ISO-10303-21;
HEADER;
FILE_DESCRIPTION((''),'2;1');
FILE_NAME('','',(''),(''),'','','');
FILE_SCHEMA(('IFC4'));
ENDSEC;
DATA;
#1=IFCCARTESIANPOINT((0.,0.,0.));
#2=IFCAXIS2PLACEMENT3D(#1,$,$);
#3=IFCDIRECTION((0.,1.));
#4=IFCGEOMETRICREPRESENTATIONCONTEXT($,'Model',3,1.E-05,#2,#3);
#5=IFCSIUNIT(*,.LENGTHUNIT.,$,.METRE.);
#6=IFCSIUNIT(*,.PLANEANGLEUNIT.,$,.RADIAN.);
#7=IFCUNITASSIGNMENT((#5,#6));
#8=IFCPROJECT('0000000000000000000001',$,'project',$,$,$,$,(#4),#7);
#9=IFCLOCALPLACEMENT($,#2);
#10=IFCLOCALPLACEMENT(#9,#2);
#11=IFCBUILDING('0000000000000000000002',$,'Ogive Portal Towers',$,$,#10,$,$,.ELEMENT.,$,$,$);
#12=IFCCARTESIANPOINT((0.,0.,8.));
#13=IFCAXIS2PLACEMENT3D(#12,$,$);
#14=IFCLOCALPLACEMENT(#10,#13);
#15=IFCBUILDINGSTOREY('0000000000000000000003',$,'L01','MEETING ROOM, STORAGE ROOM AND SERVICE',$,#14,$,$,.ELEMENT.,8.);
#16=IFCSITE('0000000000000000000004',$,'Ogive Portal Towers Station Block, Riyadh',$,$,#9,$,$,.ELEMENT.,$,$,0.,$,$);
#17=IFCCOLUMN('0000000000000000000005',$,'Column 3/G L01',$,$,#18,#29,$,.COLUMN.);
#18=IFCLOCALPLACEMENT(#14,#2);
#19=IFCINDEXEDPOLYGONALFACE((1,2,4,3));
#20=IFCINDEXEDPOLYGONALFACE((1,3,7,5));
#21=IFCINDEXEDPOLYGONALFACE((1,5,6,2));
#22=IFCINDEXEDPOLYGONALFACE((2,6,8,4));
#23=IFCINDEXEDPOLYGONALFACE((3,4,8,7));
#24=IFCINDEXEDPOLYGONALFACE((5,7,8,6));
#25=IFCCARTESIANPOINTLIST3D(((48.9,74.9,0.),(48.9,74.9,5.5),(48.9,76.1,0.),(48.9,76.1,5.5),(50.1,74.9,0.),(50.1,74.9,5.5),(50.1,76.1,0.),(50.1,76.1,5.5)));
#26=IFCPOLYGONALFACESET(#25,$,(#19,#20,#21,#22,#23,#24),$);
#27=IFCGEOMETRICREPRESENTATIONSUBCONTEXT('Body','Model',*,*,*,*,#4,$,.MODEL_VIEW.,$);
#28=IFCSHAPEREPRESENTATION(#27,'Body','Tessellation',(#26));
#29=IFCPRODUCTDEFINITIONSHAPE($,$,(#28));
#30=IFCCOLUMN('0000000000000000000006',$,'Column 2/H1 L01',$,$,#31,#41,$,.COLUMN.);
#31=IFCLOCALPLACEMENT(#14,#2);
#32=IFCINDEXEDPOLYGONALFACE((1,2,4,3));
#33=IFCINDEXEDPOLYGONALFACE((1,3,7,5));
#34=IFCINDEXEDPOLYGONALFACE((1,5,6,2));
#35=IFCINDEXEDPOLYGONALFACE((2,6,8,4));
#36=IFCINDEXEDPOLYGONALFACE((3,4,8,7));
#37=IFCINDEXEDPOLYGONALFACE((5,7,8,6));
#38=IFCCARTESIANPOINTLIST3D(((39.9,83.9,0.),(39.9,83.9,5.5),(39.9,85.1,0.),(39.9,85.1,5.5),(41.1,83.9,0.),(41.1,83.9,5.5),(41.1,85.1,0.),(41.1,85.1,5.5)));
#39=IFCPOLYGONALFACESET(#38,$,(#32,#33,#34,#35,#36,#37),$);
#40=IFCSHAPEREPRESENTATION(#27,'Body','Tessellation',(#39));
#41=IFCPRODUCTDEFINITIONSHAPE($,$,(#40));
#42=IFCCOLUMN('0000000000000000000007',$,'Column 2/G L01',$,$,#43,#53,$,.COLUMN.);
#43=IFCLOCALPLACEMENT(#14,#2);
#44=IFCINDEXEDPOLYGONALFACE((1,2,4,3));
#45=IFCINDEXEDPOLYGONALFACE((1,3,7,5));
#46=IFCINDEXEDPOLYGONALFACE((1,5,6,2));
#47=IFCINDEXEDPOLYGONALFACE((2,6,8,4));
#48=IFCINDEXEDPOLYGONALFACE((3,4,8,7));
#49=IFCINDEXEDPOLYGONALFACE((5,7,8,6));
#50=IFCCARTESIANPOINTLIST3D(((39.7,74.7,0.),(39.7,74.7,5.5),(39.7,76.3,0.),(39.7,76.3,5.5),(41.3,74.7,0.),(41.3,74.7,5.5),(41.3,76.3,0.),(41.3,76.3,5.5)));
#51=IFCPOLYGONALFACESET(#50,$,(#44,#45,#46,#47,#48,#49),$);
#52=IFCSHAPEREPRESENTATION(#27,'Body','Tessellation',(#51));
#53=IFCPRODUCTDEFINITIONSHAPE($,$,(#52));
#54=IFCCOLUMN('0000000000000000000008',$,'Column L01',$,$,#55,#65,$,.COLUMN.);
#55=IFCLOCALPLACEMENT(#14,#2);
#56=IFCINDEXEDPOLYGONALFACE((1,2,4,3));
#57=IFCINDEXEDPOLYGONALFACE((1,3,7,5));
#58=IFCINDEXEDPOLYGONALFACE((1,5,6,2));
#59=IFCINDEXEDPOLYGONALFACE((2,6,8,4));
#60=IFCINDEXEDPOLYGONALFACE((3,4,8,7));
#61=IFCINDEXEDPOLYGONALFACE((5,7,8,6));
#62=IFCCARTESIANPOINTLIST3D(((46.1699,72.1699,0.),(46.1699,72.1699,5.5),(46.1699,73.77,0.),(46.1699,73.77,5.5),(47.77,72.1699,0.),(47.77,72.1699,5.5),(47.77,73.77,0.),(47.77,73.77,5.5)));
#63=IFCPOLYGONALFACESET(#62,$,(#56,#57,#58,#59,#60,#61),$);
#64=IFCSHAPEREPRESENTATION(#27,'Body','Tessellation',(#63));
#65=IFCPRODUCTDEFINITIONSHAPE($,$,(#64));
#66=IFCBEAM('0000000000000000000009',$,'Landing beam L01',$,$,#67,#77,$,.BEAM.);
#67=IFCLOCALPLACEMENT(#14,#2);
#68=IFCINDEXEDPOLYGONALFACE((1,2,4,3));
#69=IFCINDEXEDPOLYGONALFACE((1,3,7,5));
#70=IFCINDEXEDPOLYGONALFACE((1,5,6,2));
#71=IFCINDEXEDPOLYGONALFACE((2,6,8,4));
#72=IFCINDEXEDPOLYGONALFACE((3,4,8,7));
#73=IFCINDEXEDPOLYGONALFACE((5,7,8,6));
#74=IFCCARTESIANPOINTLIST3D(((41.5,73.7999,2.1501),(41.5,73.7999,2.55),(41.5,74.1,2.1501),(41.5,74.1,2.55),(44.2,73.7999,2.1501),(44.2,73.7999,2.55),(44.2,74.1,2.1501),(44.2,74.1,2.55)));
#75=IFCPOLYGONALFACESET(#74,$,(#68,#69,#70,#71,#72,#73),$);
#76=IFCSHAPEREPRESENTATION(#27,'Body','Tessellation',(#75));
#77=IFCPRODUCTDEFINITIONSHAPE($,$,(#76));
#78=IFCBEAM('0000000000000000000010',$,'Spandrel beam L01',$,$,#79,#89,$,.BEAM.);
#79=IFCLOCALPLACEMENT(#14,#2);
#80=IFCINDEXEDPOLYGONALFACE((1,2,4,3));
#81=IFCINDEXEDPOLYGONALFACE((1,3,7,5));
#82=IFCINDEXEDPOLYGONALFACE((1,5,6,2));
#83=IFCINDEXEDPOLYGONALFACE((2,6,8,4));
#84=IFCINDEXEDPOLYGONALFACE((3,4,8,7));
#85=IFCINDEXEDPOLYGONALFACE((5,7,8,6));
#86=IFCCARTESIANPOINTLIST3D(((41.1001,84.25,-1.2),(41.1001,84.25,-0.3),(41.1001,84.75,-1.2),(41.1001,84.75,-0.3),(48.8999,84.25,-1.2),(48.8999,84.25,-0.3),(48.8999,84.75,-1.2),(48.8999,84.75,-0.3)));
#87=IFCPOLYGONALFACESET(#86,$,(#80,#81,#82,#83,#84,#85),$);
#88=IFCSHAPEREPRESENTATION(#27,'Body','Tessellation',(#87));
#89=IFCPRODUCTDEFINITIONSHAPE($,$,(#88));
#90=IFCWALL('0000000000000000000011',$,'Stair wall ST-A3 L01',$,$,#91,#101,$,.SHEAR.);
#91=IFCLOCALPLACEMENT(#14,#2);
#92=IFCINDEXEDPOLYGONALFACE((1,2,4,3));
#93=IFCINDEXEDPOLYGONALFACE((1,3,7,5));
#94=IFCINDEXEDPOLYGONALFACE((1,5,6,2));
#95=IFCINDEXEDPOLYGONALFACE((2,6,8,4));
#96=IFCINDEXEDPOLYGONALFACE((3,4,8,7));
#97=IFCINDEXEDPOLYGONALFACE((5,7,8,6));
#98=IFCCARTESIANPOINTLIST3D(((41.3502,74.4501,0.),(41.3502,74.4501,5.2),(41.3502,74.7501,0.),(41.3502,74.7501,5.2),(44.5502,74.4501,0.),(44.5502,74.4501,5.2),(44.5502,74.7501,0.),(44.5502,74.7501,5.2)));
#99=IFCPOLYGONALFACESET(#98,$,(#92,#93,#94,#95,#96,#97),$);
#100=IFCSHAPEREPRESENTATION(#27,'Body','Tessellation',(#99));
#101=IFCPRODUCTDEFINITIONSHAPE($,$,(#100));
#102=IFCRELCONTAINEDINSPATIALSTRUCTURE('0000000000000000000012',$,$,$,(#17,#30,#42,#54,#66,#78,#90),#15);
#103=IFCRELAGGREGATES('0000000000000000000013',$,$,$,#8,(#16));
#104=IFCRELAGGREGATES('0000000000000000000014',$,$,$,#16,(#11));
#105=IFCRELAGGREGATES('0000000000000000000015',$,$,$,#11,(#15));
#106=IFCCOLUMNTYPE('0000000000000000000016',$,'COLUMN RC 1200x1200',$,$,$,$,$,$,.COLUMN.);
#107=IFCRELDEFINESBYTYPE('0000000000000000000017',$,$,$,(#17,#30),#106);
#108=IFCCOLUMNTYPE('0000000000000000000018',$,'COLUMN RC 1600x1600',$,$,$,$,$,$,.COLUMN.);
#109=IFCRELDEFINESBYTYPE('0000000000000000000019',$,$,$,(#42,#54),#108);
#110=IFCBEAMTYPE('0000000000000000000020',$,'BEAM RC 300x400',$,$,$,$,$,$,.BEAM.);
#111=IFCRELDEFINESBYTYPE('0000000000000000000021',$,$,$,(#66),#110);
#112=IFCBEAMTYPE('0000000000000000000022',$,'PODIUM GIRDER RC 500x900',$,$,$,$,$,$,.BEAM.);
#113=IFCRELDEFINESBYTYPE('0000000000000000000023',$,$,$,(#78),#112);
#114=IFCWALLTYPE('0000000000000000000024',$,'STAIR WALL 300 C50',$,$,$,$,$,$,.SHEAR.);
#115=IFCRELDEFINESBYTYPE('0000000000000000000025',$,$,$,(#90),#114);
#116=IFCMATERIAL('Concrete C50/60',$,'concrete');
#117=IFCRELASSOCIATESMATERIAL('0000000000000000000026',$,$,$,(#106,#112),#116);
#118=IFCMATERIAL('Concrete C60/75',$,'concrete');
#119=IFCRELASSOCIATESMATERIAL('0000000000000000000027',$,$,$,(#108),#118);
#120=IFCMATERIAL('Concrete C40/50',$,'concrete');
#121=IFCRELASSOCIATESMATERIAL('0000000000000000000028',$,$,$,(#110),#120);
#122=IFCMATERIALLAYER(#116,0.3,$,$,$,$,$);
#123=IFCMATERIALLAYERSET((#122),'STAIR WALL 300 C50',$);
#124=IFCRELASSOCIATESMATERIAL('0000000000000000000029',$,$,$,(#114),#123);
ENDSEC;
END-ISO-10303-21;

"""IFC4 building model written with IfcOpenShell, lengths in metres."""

from ifc_helpers import new_model, si_unit, direction, frame, frame_2d, origin, origin_2d, place, context, subcontext, project, spatial, rectangle, extrude, material, layer, layer_set, material_profile, profile_set, type_object, element, save


model = new_model("IFC4")

# Units and contexts
model_context = context("Model", 3, precision=1e-05, world=origin(), true_north=direction((0.0, 1.0)))
body_context = subcontext(model_context, "Body", "Model", "MODEL_VIEW")
ifc_project = project(units=[si_unit("LENGTHUNIT", "METRE"), si_unit("PLANEANGLEUNIT", "RADIAN")], contexts=[model_context])

# Site, building, storey
site_placement = place(None, origin())
site = spatial("IfcSite", under=ifc_project, at=site_placement, Name="Ogive Portal Towers Station Block, Riyadh", CompositionType="ELEMENT", RefElevation=0.0)
building_placement = place(site_placement, origin())
building = spatial("IfcBuilding", under=site, at=building_placement, Name="Ogive Portal Towers", CompositionType="ELEMENT")
storey_placement = place(building_placement, frame((0.0, 0.0, 8.0)))
storey = spatial("IfcBuildingStorey", under=building, at=storey_placement, Name="L01", Description="MEETING ROOM, STORAGE ROOM AND SERVICE", CompositionType="ELEMENT", Elevation=8.0)

# Columns
ifc_material_1 = material(Name="Concrete C50/60", Category="concrete")
ifc_material_profile_1 = material_profile(ifc_material_1, rectangle(XDim=1.2, YDim=1.2, at=origin_2d()), Name="RC 1200x1200")
ifc_profile_set_1 = profile_set([ifc_material_profile_1], Name="Concrete C50/60")
column_type_1 = type_object("IfcColumnType", Name="COLUMN RC 1200x1200", PredefinedType="COLUMN", material=ifc_profile_set_1)
for number, where, z_axis, x_axis, name in (
    (1, (49.5, 75.5, 0.0), (0.0, 0.0, 1.0), (1.0, 0.0, 0.0), "Column 3/G L01"),
    (2, (40.5, 84.5, 0.0), (0.0, 0.0, 1.0), (1.0, 0.0, 0.0), "Column 2/H1 L01"),
):
    element("IfcColumn", number, at=place(storey_placement, frame(where, z_axis=z_axis, x_axis=x_axis)), inside=storey, type_object=column_type_1, Name=name, PredefinedType="COLUMN", context=body_context, shape_type="SweptSolid", body=[
        extrude(rectangle(XDim=1.2, YDim=1.2, at=origin_2d()), origin(), (0.0, 0.0, 1.0), 5.5),
    ])
ifc_material_2 = material(Name="Concrete C60/75", Category="concrete")
ifc_material_profile_2 = material_profile(ifc_material_2, rectangle(XDim=1.6001, YDim=1.6001, at=origin_2d()), Name="RC 1600x1600")
ifc_profile_set_2 = profile_set([ifc_material_profile_2], Name="Concrete C60/75")
column_type_2 = type_object("IfcColumnType", Name="COLUMN RC 1600x1600", PredefinedType="COLUMN", material=ifc_profile_set_2)
for number, where, z_axis, x_axis, name in (
    (3, (40.5, 75.5, 0.0), (0.0, 0.0, 1.0), (1.0, 0.0, 0.0), "Column 2/G L01"),
    (4, (46.97, 72.97, 0.0), (0.0, 0.0, 1.0), (1.0, 0.0, 0.0), "Column L01"),
):
    element("IfcColumn", number, at=place(storey_placement, frame(where, z_axis=z_axis, x_axis=x_axis)), inside=storey, type_object=column_type_2, Name=name, PredefinedType="COLUMN", context=body_context, shape_type="SweptSolid", body=[
        extrude(rectangle(XDim=1.6001, YDim=1.6001, at=origin_2d()), origin(), (0.0, 0.0, 1.0), 5.5),
    ])

# Beams
ifc_material_3 = material(Name="Concrete C40/50", Category="concrete")
ifc_material_profile_3 = material_profile(ifc_material_3, rectangle(XDim=0.3, YDim=0.3999, at=origin_2d()), Name="RC 300x400")
ifc_profile_set_3 = profile_set([ifc_material_profile_3], Name="Concrete C40/50")
beam_type_1 = type_object("IfcBeamType", Name="BEAM RC 300x400", PredefinedType="BEAM", material=ifc_profile_set_3)
beam_1_placement = place(storey_placement, frame((41.5, 73.95, 2.3501), z_axis=(1.0, 0.0, 0.0), x_axis=(0.0, 1.0, 0.0)))
element("IfcBeam", 5, at=beam_1_placement, inside=storey, type_object=beam_type_1, Name="Landing beam L01", PredefinedType="BEAM", context=body_context, shape_type="SweptSolid", body=[
    extrude(rectangle(XDim=0.3, YDim=0.3999, at=origin_2d()), origin(), (0.0, 0.0, 1.0), 2.7),
])
ifc_material_profile_4 = material_profile(ifc_material_1, rectangle(XDim=0.5, YDim=0.8999, at=origin_2d()), Name="RC 500x900")
ifc_profile_set_4 = profile_set([ifc_material_profile_4], Name="Concrete C50/60")
beam_type_2 = type_object("IfcBeamType", Name="PODIUM GIRDER RC 500x900", PredefinedType="BEAM", material=ifc_profile_set_4)
beam_2_placement = place(storey_placement, frame((48.8999, 84.5, -0.75), z_axis=(-1.0, 0.0, 0.0), x_axis=(0.0, -1.0, 0.0)))
element("IfcBeam", 6, at=beam_2_placement, inside=storey, type_object=beam_type_2, Name="Spandrel beam L01", PredefinedType="BEAM", context=body_context, shape_type="SweptSolid", body=[
    extrude(rectangle(XDim=0.5, YDim=0.8999, at=origin_2d()), origin(), (0.0, 0.0, 1.0), 7.7998),
])

# Wall
ifc_layer_1 = layer(ifc_material_1, 0.3)
ifc_layer_set_1 = layer_set([ifc_layer_1], Name="STAIR WALL 300 C50")
wall_type = type_object("IfcWallType", Name="STAIR WALL 300 C50", PredefinedType="SHEAR", material=ifc_layer_set_1)
wall_placement = place(storey_placement, frame((41.3501, 74.6001, 0.0), z_axis=(0.0, 0.0, 1.0), x_axis=(1.0, 0.0, 0.0)))
element("IfcWall", 7, at=wall_placement, inside=storey, type_object=wall_type, Name="Stair wall ST-A3 L01", PredefinedType="SHEAR", context=body_context, shape_type="SweptSolid", body=[
    extrude(rectangle(XDim=3.2, YDim=0.3, at=frame_2d((1.6001, 0.0))), origin(), (0.0, 0.0, 1.0), 5.2),
])

save(model, "model.ifc")
